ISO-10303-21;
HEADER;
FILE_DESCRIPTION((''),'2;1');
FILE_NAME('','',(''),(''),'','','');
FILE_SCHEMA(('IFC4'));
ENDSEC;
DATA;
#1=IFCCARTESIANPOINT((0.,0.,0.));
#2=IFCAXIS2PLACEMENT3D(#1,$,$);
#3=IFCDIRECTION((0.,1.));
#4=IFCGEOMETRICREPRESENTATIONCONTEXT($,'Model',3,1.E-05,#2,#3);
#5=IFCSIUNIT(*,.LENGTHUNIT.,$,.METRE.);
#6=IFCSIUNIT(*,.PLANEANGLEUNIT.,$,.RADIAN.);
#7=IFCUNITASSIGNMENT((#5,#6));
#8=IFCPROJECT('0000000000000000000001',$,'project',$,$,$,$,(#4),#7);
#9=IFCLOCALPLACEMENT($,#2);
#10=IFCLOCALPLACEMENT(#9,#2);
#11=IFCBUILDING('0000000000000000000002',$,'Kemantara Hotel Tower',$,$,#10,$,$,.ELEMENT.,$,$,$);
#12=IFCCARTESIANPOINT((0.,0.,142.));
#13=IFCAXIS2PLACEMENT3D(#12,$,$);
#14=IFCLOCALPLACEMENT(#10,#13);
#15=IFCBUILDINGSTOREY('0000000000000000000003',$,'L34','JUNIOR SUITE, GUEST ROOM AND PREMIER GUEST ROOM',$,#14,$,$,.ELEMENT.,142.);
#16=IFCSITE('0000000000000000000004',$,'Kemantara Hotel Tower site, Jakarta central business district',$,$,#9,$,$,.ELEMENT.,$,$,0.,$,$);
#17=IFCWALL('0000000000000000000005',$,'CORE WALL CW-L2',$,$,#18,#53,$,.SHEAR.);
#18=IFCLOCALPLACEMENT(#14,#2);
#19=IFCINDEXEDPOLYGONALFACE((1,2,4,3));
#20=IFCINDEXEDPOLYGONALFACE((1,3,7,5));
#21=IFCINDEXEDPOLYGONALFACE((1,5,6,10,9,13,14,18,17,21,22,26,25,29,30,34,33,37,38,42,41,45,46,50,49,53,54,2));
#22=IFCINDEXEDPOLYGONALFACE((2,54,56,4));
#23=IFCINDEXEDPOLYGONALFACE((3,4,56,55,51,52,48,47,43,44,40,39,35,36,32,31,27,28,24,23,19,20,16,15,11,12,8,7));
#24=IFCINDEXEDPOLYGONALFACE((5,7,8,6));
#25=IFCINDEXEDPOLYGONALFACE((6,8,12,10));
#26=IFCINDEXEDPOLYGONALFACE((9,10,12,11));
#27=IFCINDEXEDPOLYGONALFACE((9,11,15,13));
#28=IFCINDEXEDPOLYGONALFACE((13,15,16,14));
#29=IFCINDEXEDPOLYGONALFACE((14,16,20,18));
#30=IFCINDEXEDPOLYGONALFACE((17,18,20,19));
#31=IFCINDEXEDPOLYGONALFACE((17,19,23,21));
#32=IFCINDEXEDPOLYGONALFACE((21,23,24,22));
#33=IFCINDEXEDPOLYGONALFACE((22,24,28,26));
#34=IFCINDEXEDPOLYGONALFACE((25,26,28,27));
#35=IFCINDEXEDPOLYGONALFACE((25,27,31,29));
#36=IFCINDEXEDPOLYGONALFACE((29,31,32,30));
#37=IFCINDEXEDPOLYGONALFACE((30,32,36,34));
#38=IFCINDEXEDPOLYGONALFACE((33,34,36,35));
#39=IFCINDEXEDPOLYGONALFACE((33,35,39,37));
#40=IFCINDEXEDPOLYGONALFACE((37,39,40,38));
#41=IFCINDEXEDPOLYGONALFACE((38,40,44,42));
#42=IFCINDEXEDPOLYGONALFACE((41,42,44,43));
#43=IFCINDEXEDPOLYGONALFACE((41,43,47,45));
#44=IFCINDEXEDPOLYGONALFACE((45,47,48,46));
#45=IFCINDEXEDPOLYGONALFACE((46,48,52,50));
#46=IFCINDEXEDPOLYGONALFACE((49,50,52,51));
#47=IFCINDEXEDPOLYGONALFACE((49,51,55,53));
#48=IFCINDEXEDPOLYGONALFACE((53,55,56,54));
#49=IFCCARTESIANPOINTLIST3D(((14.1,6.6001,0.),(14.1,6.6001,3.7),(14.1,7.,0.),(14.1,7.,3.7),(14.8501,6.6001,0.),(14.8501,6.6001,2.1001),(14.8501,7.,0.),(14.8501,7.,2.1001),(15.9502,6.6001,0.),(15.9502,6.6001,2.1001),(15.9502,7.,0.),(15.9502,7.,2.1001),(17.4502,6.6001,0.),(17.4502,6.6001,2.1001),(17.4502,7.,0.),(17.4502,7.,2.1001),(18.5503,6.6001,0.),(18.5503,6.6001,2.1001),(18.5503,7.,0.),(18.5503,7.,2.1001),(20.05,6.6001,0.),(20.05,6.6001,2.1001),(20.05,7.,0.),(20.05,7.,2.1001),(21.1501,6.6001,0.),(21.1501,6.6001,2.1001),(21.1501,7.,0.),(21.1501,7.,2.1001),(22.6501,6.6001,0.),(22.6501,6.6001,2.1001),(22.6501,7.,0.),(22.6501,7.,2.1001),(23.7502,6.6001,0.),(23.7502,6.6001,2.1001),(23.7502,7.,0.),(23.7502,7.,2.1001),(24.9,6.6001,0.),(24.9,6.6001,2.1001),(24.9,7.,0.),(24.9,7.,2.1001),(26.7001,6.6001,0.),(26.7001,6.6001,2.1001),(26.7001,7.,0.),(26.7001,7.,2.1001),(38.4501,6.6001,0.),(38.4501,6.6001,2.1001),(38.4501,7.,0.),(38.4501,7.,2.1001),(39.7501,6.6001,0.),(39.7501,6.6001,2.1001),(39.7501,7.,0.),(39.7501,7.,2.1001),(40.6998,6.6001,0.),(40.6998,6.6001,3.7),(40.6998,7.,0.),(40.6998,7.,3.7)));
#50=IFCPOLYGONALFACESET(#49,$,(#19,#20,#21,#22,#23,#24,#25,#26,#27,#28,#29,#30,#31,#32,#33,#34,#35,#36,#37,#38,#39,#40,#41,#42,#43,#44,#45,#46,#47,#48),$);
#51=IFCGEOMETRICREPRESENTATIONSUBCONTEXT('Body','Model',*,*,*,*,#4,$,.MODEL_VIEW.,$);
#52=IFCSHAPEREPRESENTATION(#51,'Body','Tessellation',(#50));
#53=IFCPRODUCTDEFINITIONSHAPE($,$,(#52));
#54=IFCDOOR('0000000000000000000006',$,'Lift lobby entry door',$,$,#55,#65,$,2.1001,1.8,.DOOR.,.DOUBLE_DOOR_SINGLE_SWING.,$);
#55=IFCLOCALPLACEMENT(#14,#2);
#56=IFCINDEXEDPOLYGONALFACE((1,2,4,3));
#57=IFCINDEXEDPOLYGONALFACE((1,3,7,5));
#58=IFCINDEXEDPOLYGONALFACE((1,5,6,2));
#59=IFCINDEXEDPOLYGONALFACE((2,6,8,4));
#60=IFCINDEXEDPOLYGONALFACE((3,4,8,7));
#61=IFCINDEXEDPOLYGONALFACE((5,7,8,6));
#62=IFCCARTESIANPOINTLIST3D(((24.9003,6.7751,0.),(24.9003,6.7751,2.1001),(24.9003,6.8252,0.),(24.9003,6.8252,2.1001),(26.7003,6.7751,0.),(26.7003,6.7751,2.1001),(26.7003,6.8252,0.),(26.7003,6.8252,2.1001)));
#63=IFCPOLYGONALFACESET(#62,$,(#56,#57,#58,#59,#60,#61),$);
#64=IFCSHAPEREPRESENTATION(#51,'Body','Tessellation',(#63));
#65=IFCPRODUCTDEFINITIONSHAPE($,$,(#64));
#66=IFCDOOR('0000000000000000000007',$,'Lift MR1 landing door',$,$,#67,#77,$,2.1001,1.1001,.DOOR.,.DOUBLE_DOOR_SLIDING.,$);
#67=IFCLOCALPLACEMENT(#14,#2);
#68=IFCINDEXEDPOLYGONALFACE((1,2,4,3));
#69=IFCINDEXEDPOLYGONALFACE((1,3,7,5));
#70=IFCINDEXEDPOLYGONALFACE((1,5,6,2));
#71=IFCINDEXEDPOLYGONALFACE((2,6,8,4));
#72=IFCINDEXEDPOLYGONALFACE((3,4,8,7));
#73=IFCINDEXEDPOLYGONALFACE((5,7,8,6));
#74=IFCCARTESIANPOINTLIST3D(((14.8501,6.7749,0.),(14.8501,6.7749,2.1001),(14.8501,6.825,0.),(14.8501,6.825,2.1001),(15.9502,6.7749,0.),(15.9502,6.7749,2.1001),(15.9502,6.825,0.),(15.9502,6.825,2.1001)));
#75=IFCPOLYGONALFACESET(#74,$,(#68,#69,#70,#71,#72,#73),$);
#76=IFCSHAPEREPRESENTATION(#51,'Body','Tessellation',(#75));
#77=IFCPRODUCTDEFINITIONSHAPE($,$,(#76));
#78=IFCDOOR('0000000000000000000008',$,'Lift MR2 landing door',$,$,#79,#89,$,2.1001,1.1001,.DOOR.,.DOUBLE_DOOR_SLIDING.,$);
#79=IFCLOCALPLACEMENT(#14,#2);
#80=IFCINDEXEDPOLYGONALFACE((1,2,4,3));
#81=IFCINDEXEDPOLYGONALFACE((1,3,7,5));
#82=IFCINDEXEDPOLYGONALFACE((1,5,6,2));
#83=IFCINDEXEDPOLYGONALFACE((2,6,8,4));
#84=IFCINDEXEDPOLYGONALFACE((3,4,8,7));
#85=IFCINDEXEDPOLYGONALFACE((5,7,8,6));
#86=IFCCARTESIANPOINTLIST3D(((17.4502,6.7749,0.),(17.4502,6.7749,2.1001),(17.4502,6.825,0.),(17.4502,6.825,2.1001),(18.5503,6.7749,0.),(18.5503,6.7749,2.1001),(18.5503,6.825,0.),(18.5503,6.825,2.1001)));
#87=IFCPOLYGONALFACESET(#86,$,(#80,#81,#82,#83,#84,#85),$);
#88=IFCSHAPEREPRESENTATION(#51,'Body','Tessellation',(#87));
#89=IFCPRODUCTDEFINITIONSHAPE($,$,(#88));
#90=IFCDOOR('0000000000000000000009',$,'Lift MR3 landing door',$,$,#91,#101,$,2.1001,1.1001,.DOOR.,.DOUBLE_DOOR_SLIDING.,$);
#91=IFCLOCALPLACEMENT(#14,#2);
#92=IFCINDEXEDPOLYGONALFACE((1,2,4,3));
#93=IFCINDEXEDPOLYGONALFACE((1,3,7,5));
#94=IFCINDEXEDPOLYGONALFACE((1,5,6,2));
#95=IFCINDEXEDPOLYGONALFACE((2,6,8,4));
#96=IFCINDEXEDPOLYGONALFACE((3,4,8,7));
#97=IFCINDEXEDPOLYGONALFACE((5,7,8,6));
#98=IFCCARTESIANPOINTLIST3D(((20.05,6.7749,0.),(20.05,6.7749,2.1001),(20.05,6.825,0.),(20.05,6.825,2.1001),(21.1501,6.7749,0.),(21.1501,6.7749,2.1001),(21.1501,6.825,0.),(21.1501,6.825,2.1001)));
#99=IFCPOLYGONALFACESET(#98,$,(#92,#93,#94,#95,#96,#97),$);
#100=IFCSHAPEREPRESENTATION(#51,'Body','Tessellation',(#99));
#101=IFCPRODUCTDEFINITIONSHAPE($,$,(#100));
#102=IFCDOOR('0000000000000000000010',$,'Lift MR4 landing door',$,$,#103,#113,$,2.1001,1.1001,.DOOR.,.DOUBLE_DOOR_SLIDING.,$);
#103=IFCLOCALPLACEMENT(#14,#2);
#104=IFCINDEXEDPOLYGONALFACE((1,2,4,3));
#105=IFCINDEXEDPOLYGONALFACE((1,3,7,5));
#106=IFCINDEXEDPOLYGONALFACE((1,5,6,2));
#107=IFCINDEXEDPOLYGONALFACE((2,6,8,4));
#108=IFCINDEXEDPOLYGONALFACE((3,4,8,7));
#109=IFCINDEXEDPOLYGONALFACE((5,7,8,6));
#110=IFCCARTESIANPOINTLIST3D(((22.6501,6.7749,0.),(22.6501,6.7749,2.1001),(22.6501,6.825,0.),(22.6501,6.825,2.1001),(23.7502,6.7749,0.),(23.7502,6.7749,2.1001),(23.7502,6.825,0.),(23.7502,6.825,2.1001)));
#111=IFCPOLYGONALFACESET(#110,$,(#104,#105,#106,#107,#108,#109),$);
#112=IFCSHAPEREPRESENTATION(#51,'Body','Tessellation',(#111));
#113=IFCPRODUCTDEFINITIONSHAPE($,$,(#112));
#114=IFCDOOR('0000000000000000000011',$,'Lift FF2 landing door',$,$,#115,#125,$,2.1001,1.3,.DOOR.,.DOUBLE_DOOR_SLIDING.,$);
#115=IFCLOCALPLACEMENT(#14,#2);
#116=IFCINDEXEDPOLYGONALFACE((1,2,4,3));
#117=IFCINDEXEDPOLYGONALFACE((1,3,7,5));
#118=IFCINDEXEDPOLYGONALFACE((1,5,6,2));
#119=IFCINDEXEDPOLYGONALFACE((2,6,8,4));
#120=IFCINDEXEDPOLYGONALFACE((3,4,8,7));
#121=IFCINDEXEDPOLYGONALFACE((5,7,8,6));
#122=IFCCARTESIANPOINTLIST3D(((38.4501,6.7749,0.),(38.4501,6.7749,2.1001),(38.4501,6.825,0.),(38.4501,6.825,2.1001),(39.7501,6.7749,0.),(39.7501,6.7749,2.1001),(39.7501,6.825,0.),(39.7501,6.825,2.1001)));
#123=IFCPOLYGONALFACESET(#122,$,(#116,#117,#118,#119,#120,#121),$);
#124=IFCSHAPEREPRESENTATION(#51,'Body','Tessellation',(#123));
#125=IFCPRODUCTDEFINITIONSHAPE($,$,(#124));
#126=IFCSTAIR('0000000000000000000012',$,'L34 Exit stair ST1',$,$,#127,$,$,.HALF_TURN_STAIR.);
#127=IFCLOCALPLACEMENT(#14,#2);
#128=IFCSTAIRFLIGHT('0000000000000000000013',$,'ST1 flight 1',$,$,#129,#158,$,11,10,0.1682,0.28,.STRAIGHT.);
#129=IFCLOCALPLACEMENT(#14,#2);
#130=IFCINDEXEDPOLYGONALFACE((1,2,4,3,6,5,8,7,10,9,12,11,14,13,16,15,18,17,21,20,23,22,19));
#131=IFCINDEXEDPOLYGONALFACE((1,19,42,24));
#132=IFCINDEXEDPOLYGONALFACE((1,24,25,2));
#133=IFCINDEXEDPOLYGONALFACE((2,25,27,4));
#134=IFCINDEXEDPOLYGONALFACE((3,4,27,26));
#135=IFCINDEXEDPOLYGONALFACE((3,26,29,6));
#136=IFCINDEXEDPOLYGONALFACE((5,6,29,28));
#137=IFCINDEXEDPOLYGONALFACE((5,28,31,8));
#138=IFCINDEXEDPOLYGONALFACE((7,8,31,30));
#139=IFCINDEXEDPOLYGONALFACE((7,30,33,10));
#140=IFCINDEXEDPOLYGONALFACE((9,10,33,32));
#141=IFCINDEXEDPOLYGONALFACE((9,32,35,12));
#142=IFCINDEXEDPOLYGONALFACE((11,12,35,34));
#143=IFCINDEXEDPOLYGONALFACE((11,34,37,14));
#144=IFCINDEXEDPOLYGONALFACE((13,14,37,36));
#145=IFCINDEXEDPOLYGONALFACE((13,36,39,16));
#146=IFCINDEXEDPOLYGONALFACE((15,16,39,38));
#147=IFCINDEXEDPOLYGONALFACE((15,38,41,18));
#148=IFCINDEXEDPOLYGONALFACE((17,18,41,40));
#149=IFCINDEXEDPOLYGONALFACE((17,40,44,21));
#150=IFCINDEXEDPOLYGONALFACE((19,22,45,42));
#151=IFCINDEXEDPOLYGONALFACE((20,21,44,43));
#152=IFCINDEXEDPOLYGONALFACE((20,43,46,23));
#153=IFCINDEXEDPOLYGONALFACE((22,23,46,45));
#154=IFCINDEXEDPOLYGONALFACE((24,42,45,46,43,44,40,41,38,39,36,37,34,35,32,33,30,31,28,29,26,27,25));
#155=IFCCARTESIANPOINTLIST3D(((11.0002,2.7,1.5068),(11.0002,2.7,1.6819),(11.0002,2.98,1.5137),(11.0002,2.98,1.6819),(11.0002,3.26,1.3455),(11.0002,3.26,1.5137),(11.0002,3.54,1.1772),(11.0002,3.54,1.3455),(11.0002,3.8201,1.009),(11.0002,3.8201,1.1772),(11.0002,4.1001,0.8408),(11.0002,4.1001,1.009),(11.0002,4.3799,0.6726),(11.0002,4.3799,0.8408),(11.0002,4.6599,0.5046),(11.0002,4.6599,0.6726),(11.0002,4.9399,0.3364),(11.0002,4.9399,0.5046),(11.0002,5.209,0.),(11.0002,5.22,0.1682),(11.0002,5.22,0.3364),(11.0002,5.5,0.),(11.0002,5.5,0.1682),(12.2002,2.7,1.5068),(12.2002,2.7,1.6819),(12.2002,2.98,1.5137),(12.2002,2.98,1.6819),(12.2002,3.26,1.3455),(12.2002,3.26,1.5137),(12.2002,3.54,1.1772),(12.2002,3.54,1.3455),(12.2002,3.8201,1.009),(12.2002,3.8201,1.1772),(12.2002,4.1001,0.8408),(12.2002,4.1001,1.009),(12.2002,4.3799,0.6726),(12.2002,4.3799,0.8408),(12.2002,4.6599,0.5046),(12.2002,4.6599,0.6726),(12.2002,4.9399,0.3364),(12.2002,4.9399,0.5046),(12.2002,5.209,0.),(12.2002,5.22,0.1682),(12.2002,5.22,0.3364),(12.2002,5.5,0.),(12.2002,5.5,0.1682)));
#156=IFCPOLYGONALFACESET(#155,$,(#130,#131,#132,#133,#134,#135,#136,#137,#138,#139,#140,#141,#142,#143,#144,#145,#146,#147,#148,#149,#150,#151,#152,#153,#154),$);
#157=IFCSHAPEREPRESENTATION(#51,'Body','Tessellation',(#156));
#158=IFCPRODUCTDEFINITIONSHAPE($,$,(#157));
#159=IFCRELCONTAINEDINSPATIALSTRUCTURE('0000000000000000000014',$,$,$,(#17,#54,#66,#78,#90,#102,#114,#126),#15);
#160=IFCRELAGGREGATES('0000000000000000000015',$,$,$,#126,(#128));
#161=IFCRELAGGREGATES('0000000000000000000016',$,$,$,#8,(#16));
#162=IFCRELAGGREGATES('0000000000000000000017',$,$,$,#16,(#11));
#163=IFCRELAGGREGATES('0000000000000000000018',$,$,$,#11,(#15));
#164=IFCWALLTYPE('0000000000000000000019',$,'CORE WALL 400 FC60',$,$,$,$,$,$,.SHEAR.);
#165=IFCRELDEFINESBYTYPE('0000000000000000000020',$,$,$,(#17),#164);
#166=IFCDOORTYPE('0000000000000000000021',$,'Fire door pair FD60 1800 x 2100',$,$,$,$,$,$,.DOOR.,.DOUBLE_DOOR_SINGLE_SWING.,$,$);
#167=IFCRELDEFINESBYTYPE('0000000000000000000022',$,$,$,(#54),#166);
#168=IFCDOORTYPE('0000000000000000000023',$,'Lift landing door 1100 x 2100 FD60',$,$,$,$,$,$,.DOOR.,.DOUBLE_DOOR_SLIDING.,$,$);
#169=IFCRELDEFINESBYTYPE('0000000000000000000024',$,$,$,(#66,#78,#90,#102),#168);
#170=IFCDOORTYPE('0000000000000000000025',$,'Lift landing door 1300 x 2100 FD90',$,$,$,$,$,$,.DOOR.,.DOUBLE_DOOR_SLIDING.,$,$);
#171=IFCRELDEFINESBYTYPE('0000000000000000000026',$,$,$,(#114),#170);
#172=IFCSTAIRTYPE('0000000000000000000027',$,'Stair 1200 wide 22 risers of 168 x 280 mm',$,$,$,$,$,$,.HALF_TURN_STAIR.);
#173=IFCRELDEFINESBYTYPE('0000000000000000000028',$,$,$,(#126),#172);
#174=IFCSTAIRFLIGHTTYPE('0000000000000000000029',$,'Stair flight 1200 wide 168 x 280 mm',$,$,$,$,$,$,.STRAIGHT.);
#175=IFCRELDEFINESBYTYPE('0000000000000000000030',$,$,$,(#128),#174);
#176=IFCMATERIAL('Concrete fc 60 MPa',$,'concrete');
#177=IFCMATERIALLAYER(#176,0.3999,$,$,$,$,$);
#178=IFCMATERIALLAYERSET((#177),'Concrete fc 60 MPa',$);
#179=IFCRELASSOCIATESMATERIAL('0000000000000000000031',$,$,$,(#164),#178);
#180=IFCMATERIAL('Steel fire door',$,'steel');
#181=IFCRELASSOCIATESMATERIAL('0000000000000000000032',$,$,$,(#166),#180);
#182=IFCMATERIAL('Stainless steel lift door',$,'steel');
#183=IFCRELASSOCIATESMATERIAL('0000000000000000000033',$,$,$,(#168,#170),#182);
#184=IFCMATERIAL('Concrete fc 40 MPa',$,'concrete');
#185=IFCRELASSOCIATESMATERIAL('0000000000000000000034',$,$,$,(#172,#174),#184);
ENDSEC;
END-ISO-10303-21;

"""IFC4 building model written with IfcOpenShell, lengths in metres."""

from ifc_helpers import new_model, si_unit, direction, frame, frame_2d, origin, place, context, subcontext, project, spatial, polyline, rectangle, outline, extrude, material, layer, layer_set, type_object, element, fill, aggregate, save


model = new_model("IFC4")

# Units and contexts
model_context = context("Model", 3, precision=1e-05, world=origin(), true_north=direction((0.0, 1.0)))
body_context = subcontext(model_context, "Body", "Model", "MODEL_VIEW")
ifc_project = project(units=[si_unit("LENGTHUNIT", "METRE"), si_unit("PLANEANGLEUNIT", "RADIAN")], contexts=[model_context])

# Site, building, storey
site_placement = place(None, origin())
site = spatial("IfcSite", under=ifc_project, at=site_placement, Name="Kemantara Hotel Tower site, Jakarta central business district", CompositionType="ELEMENT", RefElevation=0.0)
building_placement = place(site_placement, origin())
building = spatial("IfcBuilding", under=site, at=building_placement, Name="Kemantara Hotel Tower", CompositionType="ELEMENT")
storey_placement = place(building_placement, frame((0.0, 0.0, 142.0)))
storey = spatial("IfcBuildingStorey", under=building, at=storey_placement, Name="L34", Description="JUNIOR SUITE, GUEST ROOM AND PREMIER GUEST ROOM", CompositionType="ELEMENT", Elevation=142.0)

# Shared definitions
ifc_material_1 = material(Name="Concrete fc 60 MPa", Category="concrete")

# Shared definitions
ifc_layer_1 = layer(ifc_material_1, 0.3999)
ifc_layer_set_1 = layer_set([ifc_layer_1], Name="Concrete fc 60 MPa")
wall_type_1 = type_object("IfcWallType", Name="CORE WALL 400 FC60", PredefinedType="SHEAR", material=ifc_layer_set_1)
ifc_material_2 = material(Name="Steel fire door", Category="steel")

# Wall, openings, doors
wall_1_placement = place(storey_placement, frame((14.1001, 6.8, 0.0), z_axis=(0.0, 0.0, 1.0), x_axis=(1.0, 0.0, 0.0)))
wall_1 = element("IfcWall", 1, at=wall_1_placement, inside=storey, type_object=wall_type_1, Name="CORE WALL CW-L2", PredefinedType="SHEAR", context=body_context, shape_type="SweptSolid", body=[
    extrude(rectangle(XDim=26.5999, YDim=0.3999, at=frame_2d((13.2998, 0.0))), origin(), (0.0, 0.0, 1.0), 3.7),
])
opening_1_placement = place(wall_1_placement, frame((10.8, 0.0, 0.0)))
opening_1 = element("IfcOpeningElement", 2, at=opening_1_placement, cuts=wall_1, PredefinedType="OPENING", context=body_context, shape_type="SweptSolid", body=[
    extrude(rectangle(XDim=1.8, YDim=2.1001, at=frame_2d((0.8999, 1.05))), frame((0.0, 0.21, 0.0), z_axis=(0.0, -1.0, 0.0), x_axis=(1.0, 0.0, 0.0)), (0.0, 0.0, 1.0), 0.4199),
])
opening_2_placement = place(wall_1_placement, frame((0.75, 0.0, 0.0)))
opening_2 = element("IfcOpeningElement", 3, at=opening_2_placement, cuts=wall_1, PredefinedType="OPENING", context=body_context, shape_type="SweptSolid", body=[
    extrude(rectangle(XDim=1.1001, YDim=2.1001, at=frame_2d((0.55, 1.05))), frame((0.0, 0.21, 0.0), z_axis=(0.0, -1.0, 0.0), x_axis=(1.0, 0.0, 0.0)), (0.0, 0.0, 1.0), 0.4199),
])
opening_3_placement = place(wall_1_placement, frame((3.3501, 0.0, 0.0)))
opening_3 = element("IfcOpeningElement", 4, at=opening_3_placement, cuts=wall_1, PredefinedType="OPENING", context=body_context, shape_type="SweptSolid", body=[
    extrude(rectangle(XDim=1.1001, YDim=2.1001, at=frame_2d((0.55, 1.05))), frame((0.0, 0.21, 0.0), z_axis=(0.0, -1.0, 0.0), x_axis=(1.0, 0.0, 0.0)), (0.0, 0.0, 1.0), 0.4199),
])
opening_4_placement = place(wall_1_placement, frame((5.95, 0.0, 0.0)))
opening_4 = element("IfcOpeningElement", 5, at=opening_4_placement, cuts=wall_1, PredefinedType="OPENING", context=body_context, shape_type="SweptSolid", body=[
    extrude(rectangle(XDim=1.1001, YDim=2.1001, at=frame_2d((0.55, 1.05))), frame((0.0, 0.21, 0.0), z_axis=(0.0, -1.0, 0.0), x_axis=(1.0, 0.0, 0.0)), (0.0, 0.0, 1.0), 0.4199),
])
opening_5_placement = place(wall_1_placement, frame((8.55, 0.0, 0.0)))
opening_5 = element("IfcOpeningElement", 6, at=opening_5_placement, cuts=wall_1, PredefinedType="OPENING", context=body_context, shape_type="SweptSolid", body=[
    extrude(rectangle(XDim=1.1001, YDim=2.1001, at=frame_2d((0.55, 1.05))), frame((0.0, 0.21, 0.0), z_axis=(0.0, -1.0, 0.0), x_axis=(1.0, 0.0, 0.0)), (0.0, 0.0, 1.0), 0.4199),
])
opening_6_placement = place(wall_1_placement, frame((24.3501, 0.0, 0.0)))
opening_6 = element("IfcOpeningElement", 7, at=opening_6_placement, cuts=wall_1, PredefinedType="OPENING", context=body_context, shape_type="SweptSolid", body=[
    extrude(rectangle(XDim=1.3, YDim=2.1001, at=frame_2d((0.6499, 1.05))), frame((0.0, 0.21, 0.0), z_axis=(0.0, -1.0, 0.0), x_axis=(1.0, 0.0, 0.0)), (0.0, 0.0, 1.0), 0.4199),
])
door_type_1 = type_object("IfcDoorType", Name="Fire door pair FD60 1800 x 2100", OperationType="DOUBLE_DOOR_SINGLE_SWING", PredefinedType="DOOR", material=ifc_material_2)
door_1_placement = place(opening_1_placement, frame((1.8, 0.0, 0.0), z_axis=(0.0, 0.0, 1.0), x_axis=(-1.0, 0.0, 0.0)))
door_1 = element("IfcDoor", 8, at=door_1_placement, inside=storey, type_object=door_type_1, Name="Lift lobby entry door", OperationType="DOUBLE_DOOR_SINGLE_SWING", OverallHeight=2.1001, OverallWidth=1.8, PredefinedType="DOOR", context=body_context, shape_type="SweptSolid", body=[
    extrude(rectangle(XDim=1.8, YDim=2.1001, at=frame_2d((0.8999, 1.05))), frame((0.0, 0.0249, 0.0), z_axis=(0.0, -1.0, 0.0), x_axis=(1.0, 0.0, 0.0)), (0.0, 0.0, 1.0), 0.05),
])
fill(opening_1, door_1)
ifc_material_3 = material(Name="Stainless steel lift door", Category="steel")
door_type_2 = type_object("IfcDoorType", Name="Lift landing door 1100 x 2100 FD60", OperationType="DOUBLE_DOOR_SLIDING", PredefinedType="DOOR", material=ifc_material_3)
door_2_placement = place(opening_2_placement, origin())
door_2 = element("IfcDoor", 9, at=door_2_placement, inside=storey, type_object=door_type_2, Name="Lift MR1 landing door", OperationType="DOUBLE_DOOR_SLIDING", OverallHeight=2.1001, OverallWidth=1.1001, PredefinedType="DOOR", context=body_context, shape_type="SweptSolid", body=[
    extrude(rectangle(XDim=1.1001, YDim=2.1001, at=frame_2d((0.55, 1.05))), frame((0.0, 0.0249, 0.0), z_axis=(0.0, -1.0, 0.0), x_axis=(1.0, 0.0, 0.0)), (0.0, 0.0, 1.0), 0.05),
])
fill(opening_2, door_2)
door_3_placement = place(opening_3_placement, origin())
door_3 = element("IfcDoor", 10, at=door_3_placement, inside=storey, type_object=door_type_2, Name="Lift MR2 landing door", OperationType="DOUBLE_DOOR_SLIDING", OverallHeight=2.1001, OverallWidth=1.1001, PredefinedType="DOOR", context=body_context, shape_type="SweptSolid", body=[
    extrude(rectangle(XDim=1.1001, YDim=2.1001, at=frame_2d((0.55, 1.05))), frame((0.0, 0.0249, 0.0), z_axis=(0.0, -1.0, 0.0), x_axis=(1.0, 0.0, 0.0)), (0.0, 0.0, 1.0), 0.05),
])
fill(opening_3, door_3)
door_4_placement = place(opening_4_placement, origin())
door_4 = element("IfcDoor", 11, at=door_4_placement, inside=storey, type_object=door_type_2, Name="Lift MR3 landing door", OperationType="DOUBLE_DOOR_SLIDING", OverallHeight=2.1001, OverallWidth=1.1001, PredefinedType="DOOR", context=body_context, shape_type="SweptSolid", body=[
    extrude(rectangle(XDim=1.1001, YDim=2.1001, at=frame_2d((0.55, 1.05))), frame((0.0, 0.0249, 0.0), z_axis=(0.0, -1.0, 0.0), x_axis=(1.0, 0.0, 0.0)), (0.0, 0.0, 1.0), 0.05),
])
fill(opening_4, door_4)
door_5_placement = place(opening_5_placement, origin())
door_5 = element("IfcDoor", 12, at=door_5_placement, inside=storey, type_object=door_type_2, Name="Lift MR4 landing door", OperationType="DOUBLE_DOOR_SLIDING", OverallHeight=2.1001, OverallWidth=1.1001, PredefinedType="DOOR", context=body_context, shape_type="SweptSolid", body=[
    extrude(rectangle(XDim=1.1001, YDim=2.1001, at=frame_2d((0.55, 1.05))), frame((0.0, 0.0249, 0.0), z_axis=(0.0, -1.0, 0.0), x_axis=(1.0, 0.0, 0.0)), (0.0, 0.0, 1.0), 0.05),
])
fill(opening_5, door_5)
door_type_3 = type_object("IfcDoorType", Name="Lift landing door 1300 x 2100 FD90", OperationType="DOUBLE_DOOR_SLIDING", PredefinedType="DOOR", material=ifc_material_3)
door_6_placement = place(opening_6_placement, origin())
door_6 = element("IfcDoor", 13, at=door_6_placement, inside=storey, type_object=door_type_3, Name="Lift FF2 landing door", OperationType="DOUBLE_DOOR_SLIDING", OverallHeight=2.1001, OverallWidth=1.3, PredefinedType="DOOR", context=body_context, shape_type="SweptSolid", body=[
    extrude(rectangle(XDim=1.3, YDim=2.1001, at=frame_2d((0.6499, 1.05))), frame((0.0, 0.0249, 0.0), z_axis=(0.0, -1.0, 0.0), x_axis=(1.0, 0.0, 0.0)), (0.0, 0.0, 1.0), 0.05),
])
fill(opening_6, door_6)

# Stair, stair flight
ifc_material_4 = material(Name="Concrete fc 40 MPa", Category="concrete")
stair_type = type_object("IfcStairType", Name="Stair 1200 wide 22 risers of 168 x 280 mm", PredefinedType="HALF_TURN_STAIR", material=ifc_material_4)
stair_placement = place(storey_placement, origin())
stair = element("IfcStair", 14, at=stair_placement, inside=storey, type_object=stair_type, Name="L34 Exit stair ST1", PredefinedType="HALF_TURN_STAIR")
stair_flight_type = type_object("IfcStairFlightType", Name="Stair flight 1200 wide 168 x 280 mm", PredefinedType="STRAIGHT", material=ifc_material_4)
stair_flight_placement = place(storey_placement, frame((11.6001, 5.5, 0.0), z_axis=(0.0, 0.0, 1.0), x_axis=(0.0, -1.0, 0.0)))
stair_flight = element("IfcStairFlight", 15, at=stair_flight_placement, type_object=stair_flight_type, Name="ST1 flight 1", NumberOfRisers=11, NumberOfTreads=10, PredefinedType="STRAIGHT", RiserHeight=0.1682, TreadLength=0.28, context=body_context, shape_type="SweptSolid", body=[
    extrude(outline(polyline([(0.0, 0.0), (0.0, 0.1682), (0.28, 0.1682), (0.28, 0.3364), (0.5601, 0.3364), (0.5601, 0.5046), (0.8401, 0.5046), (0.8401, 0.6726), (1.1201, 0.6726), (1.1201, 0.8408), (1.3999, 0.8408), (1.3999, 1.009), (1.6799, 1.009), (1.6799, 1.1772), (1.96, 1.1772), (1.96, 1.3455), (2.24, 1.3455), (2.24, 1.5137), (2.52, 1.5137), (2.52, 1.6819), (2.8, 1.6819), (2.8, 1.8501), (2.8, 1.5068), (0.291, 0.0), (0.0, 0.0)])), frame((0.0, 0.6001, 0.0), z_axis=(0.0, -1.0, 0.0), x_axis=(1.0, 0.0, 0.0)), (0.0, 0.0, 1.0), 1.2),
])
aggregate(stair, [stair_flight])

save(model, "model.ifc")
